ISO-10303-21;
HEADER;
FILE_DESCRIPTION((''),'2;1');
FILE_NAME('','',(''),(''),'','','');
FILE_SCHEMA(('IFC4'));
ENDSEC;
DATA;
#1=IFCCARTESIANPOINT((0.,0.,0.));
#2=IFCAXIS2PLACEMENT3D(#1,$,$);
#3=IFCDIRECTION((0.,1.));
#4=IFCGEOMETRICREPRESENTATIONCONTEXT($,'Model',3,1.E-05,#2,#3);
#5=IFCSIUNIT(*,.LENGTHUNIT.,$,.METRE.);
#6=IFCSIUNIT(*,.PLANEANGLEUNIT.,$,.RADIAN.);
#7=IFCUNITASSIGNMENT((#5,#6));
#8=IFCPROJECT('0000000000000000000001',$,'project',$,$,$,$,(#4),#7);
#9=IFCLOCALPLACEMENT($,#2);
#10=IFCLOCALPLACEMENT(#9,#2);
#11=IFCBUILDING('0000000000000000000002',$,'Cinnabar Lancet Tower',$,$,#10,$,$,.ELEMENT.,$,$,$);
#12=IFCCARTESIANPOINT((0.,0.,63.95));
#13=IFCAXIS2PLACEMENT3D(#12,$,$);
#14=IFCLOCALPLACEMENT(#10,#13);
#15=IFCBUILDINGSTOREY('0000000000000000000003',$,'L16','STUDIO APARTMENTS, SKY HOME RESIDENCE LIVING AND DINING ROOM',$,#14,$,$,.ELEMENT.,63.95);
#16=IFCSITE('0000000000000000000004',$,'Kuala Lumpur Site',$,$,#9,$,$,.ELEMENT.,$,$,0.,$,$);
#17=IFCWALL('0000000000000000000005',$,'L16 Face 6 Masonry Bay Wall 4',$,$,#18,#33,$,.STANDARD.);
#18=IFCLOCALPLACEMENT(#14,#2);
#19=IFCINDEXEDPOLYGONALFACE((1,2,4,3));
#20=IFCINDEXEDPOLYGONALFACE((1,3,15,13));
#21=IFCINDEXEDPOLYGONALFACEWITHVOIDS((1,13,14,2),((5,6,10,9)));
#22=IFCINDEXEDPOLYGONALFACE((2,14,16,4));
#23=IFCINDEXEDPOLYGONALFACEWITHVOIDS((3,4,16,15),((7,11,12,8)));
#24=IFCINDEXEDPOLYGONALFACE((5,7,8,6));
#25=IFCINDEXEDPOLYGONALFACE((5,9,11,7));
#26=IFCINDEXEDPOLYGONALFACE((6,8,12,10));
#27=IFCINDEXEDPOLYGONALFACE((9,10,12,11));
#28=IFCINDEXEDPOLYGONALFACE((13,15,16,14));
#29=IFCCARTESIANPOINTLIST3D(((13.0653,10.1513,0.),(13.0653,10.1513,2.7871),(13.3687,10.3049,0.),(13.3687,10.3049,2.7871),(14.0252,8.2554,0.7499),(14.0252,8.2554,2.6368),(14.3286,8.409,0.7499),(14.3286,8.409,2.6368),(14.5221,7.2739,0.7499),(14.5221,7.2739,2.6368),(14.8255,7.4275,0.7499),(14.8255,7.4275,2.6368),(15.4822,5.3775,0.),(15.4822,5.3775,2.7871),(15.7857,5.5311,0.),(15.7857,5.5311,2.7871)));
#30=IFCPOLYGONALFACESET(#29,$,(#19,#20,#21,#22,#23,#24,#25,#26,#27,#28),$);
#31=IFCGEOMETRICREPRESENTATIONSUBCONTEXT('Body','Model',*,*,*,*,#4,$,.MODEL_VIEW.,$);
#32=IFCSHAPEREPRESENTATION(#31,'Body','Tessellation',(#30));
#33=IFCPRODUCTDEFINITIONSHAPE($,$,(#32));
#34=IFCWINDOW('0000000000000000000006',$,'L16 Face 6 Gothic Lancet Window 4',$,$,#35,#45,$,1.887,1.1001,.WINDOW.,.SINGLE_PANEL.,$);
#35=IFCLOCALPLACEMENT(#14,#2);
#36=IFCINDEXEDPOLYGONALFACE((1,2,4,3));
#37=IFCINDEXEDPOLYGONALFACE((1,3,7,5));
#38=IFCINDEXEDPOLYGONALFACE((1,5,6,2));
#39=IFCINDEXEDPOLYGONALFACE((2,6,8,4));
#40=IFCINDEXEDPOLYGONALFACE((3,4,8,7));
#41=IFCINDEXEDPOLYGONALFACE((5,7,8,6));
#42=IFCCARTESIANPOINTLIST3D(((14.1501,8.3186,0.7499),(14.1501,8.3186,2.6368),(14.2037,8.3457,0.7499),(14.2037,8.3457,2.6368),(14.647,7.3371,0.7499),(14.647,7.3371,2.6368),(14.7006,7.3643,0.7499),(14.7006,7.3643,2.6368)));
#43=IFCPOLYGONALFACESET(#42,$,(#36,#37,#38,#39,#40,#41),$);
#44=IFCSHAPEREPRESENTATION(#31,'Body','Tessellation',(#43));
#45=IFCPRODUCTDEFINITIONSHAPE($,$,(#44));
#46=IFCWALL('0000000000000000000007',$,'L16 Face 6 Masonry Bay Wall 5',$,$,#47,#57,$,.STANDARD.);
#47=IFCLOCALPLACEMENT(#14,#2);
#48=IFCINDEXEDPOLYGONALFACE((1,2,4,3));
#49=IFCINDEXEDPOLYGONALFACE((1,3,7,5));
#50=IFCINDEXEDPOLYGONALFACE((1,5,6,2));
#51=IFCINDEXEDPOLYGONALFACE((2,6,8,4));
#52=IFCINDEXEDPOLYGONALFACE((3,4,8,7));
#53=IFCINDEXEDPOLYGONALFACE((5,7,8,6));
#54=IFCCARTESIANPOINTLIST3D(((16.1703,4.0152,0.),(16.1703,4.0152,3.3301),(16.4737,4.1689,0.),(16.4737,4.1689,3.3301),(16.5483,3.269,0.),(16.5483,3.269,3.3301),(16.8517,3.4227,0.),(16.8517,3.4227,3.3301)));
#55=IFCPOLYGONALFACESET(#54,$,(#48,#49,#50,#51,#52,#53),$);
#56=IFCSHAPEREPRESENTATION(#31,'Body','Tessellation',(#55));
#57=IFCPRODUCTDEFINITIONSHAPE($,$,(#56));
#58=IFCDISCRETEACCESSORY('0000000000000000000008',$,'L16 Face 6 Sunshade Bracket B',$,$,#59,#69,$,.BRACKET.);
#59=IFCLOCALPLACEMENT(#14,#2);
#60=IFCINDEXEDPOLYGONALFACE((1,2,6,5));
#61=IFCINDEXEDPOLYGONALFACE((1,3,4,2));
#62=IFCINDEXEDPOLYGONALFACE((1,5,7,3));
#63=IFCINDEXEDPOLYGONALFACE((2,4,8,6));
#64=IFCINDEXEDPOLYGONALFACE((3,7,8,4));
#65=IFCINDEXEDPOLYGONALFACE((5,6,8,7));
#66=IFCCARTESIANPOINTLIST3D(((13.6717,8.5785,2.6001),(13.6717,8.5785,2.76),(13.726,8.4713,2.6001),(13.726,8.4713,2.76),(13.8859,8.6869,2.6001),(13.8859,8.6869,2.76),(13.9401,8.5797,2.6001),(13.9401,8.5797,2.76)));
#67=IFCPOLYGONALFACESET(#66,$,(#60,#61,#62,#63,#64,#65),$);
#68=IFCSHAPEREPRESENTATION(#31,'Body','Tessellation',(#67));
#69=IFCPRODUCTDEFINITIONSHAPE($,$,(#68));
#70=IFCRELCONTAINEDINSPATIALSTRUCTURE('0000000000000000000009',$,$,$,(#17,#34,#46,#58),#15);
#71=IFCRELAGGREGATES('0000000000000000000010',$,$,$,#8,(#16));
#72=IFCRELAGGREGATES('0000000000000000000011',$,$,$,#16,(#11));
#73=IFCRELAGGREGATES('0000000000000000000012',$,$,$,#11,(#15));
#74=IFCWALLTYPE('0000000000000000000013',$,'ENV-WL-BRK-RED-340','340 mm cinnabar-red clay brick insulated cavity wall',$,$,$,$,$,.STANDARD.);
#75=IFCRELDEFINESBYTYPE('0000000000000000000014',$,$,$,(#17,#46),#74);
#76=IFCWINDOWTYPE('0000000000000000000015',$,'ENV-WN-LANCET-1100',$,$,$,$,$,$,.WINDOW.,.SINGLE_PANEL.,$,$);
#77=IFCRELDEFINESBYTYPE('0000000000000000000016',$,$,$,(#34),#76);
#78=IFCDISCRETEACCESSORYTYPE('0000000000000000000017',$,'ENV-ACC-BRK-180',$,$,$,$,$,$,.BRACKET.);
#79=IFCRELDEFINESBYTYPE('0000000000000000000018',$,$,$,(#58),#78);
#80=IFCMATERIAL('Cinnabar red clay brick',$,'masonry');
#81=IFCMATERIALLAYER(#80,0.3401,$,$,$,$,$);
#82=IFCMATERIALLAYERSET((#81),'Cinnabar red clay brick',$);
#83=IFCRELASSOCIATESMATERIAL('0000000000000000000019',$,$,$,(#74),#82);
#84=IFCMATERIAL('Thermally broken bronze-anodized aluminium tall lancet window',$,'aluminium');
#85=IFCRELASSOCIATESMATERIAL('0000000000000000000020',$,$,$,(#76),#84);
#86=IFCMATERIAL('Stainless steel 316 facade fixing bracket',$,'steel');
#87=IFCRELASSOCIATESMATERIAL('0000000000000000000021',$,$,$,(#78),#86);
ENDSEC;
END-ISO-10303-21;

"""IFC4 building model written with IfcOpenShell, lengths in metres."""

from ifc_helpers import new_model, si_unit, direction, frame, frame_2d, origin, origin_2d, place, context, subcontext, project, spatial, rectangle, extrude, material, layer, layer_set, type_object, element, fill, save


model = new_model("IFC4")

# Units and contexts
model_context = context("Model", 3, precision=1e-05, world=origin(), true_north=direction((0.0, 1.0)))
body_context = subcontext(model_context, "Body", "Model", "MODEL_VIEW")
ifc_project = project(units=[si_unit("LENGTHUNIT", "METRE"), si_unit("PLANEANGLEUNIT", "RADIAN")], contexts=[model_context])

# Site, building, storey
site_placement = place(None, origin())
site = spatial("IfcSite", under=ifc_project, at=site_placement, Name="Kuala Lumpur Site", CompositionType="ELEMENT", RefElevation=0.0)
building_placement = place(site_placement, origin())
building = spatial("IfcBuilding", under=site, at=building_placement, Name="Cinnabar Lancet Tower", CompositionType="ELEMENT")
storey_placement = place(building_placement, frame((0.0, 0.0, 63.95)))
storey = spatial("IfcBuildingStorey", under=building, at=storey_placement, Name="L16", Description="STUDIO APARTMENTS, SKY HOME RESIDENCE LIVING AND DINING ROOM", CompositionType="ELEMENT", Elevation=63.95)

# Shared definitions
ifc_material_1 = material(Name="Cinnabar red clay brick", Category="masonry")
ifc_layer_1 = layer(ifc_material_1, 0.3401)
ifc_layer_set_1 = layer_set([ifc_layer_1], Name="Cinnabar red clay brick")
wall_type = type_object("IfcWallType", Name="ENV-WL-BRK-RED-340", Description="340 mm cinnabar-red clay brick insulated cavity wall", PredefinedType="STANDARD", material=ifc_layer_set_1)

# Wall, opening, window
wall_1_placement = place(storey_placement, frame((13.217, 10.228, 0.0), z_axis=(0.0, 0.0, 1.0), x_axis=(0.451698, -0.892171, 0.0)))
wall_1 = element("IfcWall", 1, at=wall_1_placement, inside=storey, type_object=wall_type, Name="L16 Face 6 Masonry Bay Wall 4", PredefinedType="STANDARD", context=body_context, shape_type="SweptSolid", body=[
    extrude(rectangle(XDim=5.3508, YDim=0.3401, at=frame_2d((2.6753, 0.0))), origin(), (0.0, 0.0, 1.0), 2.7871),
])
opening_placement = place(wall_1_placement, frame((2.125, 0.0, 0.75)))
opening = element("IfcOpeningElement", 2, at=opening_placement, cuts=wall_1, PredefinedType="OPENING", context=body_context, shape_type="SweptSolid", body=[
    extrude(rectangle(XDim=1.1001, YDim=1.887, at=frame_2d((0.55, 0.9434))), frame((0.0, 0.1799, 0.0), z_axis=(0.0, -1.0, 0.0), x_axis=(1.0, 0.0, 0.0)), (0.0, 0.0, 1.0), 0.3601),
])
ifc_material_2 = material(Name="Thermally broken bronze-anodized aluminium tall lancet window", Category="aluminium")
window_type = type_object("IfcWindowType", Name="ENV-WN-LANCET-1100", PartitioningType="SINGLE_PANEL", PredefinedType="WINDOW", material=ifc_material_2)
window_placement = place(opening_placement, origin())
window = element("IfcWindow", 3, at=window_placement, inside=storey, type_object=window_type, Name="L16 Face 6 Gothic Lancet Window 4", OverallHeight=1.887, OverallWidth=1.1001, PartitioningType="SINGLE_PANEL", PredefinedType="WINDOW", context=body_context, shape_type="SweptSolid", body=[
    extrude(rectangle(XDim=1.1001, YDim=1.887, at=frame_2d((0.55, 0.9434))), frame((0.0, 0.03, 0.0), z_axis=(0.0, -1.0, 0.0), x_axis=(1.0, 0.0, 0.0)), (0.0, 0.0, 1.0), 0.0601),
])
fill(opening, window)

# Wall
wall_2_placement = place(storey_placement, frame((16.322, 4.092, 0.0), z_axis=(0.0, 0.0, 1.0), x_axis=(0.451878, -0.89208, 0.0)))
element("IfcWall", 4, at=wall_2_placement, inside=storey, type_object=wall_type, Name="L16 Face 6 Masonry Bay Wall 5", PredefinedType="STANDARD", context=body_context, shape_type="SweptSolid", body=[
    extrude(rectangle(XDim=0.8364, YDim=0.3401, at=frame_2d((0.4182, 0.0))), origin(), (0.0, 0.0, 1.0), 3.3301),
])

# Discrete accessory
ifc_material_3 = material(Name="Stainless steel 316 facade fixing bracket", Category="steel")
discrete_accessory_type = type_object("IfcDiscreteAccessoryType", Name="ENV-ACC-BRK-180", PredefinedType="BRACKET", material=ifc_material_3)
discrete_accessory_placement = place(storey_placement, frame((13.8059, 8.5791, 2.6001), z_axis=(0.0, 0.0, 1.0), x_axis=(0.451501, -0.892271, 0.0)))
element("IfcDiscreteAccessory", 5, at=discrete_accessory_placement, inside=storey, type_object=discrete_accessory_type, Name="L16 Face 6 Sunshade Bracket B", PredefinedType="BRACKET", context=body_context, shape_type="SweptSolid", body=[
    extrude(rectangle(XDim=0.1201, YDim=0.24, at=origin_2d()), origin(), (0.0, 0.0, 1.0), 0.1599),
])

save(model, "model.ifc")
